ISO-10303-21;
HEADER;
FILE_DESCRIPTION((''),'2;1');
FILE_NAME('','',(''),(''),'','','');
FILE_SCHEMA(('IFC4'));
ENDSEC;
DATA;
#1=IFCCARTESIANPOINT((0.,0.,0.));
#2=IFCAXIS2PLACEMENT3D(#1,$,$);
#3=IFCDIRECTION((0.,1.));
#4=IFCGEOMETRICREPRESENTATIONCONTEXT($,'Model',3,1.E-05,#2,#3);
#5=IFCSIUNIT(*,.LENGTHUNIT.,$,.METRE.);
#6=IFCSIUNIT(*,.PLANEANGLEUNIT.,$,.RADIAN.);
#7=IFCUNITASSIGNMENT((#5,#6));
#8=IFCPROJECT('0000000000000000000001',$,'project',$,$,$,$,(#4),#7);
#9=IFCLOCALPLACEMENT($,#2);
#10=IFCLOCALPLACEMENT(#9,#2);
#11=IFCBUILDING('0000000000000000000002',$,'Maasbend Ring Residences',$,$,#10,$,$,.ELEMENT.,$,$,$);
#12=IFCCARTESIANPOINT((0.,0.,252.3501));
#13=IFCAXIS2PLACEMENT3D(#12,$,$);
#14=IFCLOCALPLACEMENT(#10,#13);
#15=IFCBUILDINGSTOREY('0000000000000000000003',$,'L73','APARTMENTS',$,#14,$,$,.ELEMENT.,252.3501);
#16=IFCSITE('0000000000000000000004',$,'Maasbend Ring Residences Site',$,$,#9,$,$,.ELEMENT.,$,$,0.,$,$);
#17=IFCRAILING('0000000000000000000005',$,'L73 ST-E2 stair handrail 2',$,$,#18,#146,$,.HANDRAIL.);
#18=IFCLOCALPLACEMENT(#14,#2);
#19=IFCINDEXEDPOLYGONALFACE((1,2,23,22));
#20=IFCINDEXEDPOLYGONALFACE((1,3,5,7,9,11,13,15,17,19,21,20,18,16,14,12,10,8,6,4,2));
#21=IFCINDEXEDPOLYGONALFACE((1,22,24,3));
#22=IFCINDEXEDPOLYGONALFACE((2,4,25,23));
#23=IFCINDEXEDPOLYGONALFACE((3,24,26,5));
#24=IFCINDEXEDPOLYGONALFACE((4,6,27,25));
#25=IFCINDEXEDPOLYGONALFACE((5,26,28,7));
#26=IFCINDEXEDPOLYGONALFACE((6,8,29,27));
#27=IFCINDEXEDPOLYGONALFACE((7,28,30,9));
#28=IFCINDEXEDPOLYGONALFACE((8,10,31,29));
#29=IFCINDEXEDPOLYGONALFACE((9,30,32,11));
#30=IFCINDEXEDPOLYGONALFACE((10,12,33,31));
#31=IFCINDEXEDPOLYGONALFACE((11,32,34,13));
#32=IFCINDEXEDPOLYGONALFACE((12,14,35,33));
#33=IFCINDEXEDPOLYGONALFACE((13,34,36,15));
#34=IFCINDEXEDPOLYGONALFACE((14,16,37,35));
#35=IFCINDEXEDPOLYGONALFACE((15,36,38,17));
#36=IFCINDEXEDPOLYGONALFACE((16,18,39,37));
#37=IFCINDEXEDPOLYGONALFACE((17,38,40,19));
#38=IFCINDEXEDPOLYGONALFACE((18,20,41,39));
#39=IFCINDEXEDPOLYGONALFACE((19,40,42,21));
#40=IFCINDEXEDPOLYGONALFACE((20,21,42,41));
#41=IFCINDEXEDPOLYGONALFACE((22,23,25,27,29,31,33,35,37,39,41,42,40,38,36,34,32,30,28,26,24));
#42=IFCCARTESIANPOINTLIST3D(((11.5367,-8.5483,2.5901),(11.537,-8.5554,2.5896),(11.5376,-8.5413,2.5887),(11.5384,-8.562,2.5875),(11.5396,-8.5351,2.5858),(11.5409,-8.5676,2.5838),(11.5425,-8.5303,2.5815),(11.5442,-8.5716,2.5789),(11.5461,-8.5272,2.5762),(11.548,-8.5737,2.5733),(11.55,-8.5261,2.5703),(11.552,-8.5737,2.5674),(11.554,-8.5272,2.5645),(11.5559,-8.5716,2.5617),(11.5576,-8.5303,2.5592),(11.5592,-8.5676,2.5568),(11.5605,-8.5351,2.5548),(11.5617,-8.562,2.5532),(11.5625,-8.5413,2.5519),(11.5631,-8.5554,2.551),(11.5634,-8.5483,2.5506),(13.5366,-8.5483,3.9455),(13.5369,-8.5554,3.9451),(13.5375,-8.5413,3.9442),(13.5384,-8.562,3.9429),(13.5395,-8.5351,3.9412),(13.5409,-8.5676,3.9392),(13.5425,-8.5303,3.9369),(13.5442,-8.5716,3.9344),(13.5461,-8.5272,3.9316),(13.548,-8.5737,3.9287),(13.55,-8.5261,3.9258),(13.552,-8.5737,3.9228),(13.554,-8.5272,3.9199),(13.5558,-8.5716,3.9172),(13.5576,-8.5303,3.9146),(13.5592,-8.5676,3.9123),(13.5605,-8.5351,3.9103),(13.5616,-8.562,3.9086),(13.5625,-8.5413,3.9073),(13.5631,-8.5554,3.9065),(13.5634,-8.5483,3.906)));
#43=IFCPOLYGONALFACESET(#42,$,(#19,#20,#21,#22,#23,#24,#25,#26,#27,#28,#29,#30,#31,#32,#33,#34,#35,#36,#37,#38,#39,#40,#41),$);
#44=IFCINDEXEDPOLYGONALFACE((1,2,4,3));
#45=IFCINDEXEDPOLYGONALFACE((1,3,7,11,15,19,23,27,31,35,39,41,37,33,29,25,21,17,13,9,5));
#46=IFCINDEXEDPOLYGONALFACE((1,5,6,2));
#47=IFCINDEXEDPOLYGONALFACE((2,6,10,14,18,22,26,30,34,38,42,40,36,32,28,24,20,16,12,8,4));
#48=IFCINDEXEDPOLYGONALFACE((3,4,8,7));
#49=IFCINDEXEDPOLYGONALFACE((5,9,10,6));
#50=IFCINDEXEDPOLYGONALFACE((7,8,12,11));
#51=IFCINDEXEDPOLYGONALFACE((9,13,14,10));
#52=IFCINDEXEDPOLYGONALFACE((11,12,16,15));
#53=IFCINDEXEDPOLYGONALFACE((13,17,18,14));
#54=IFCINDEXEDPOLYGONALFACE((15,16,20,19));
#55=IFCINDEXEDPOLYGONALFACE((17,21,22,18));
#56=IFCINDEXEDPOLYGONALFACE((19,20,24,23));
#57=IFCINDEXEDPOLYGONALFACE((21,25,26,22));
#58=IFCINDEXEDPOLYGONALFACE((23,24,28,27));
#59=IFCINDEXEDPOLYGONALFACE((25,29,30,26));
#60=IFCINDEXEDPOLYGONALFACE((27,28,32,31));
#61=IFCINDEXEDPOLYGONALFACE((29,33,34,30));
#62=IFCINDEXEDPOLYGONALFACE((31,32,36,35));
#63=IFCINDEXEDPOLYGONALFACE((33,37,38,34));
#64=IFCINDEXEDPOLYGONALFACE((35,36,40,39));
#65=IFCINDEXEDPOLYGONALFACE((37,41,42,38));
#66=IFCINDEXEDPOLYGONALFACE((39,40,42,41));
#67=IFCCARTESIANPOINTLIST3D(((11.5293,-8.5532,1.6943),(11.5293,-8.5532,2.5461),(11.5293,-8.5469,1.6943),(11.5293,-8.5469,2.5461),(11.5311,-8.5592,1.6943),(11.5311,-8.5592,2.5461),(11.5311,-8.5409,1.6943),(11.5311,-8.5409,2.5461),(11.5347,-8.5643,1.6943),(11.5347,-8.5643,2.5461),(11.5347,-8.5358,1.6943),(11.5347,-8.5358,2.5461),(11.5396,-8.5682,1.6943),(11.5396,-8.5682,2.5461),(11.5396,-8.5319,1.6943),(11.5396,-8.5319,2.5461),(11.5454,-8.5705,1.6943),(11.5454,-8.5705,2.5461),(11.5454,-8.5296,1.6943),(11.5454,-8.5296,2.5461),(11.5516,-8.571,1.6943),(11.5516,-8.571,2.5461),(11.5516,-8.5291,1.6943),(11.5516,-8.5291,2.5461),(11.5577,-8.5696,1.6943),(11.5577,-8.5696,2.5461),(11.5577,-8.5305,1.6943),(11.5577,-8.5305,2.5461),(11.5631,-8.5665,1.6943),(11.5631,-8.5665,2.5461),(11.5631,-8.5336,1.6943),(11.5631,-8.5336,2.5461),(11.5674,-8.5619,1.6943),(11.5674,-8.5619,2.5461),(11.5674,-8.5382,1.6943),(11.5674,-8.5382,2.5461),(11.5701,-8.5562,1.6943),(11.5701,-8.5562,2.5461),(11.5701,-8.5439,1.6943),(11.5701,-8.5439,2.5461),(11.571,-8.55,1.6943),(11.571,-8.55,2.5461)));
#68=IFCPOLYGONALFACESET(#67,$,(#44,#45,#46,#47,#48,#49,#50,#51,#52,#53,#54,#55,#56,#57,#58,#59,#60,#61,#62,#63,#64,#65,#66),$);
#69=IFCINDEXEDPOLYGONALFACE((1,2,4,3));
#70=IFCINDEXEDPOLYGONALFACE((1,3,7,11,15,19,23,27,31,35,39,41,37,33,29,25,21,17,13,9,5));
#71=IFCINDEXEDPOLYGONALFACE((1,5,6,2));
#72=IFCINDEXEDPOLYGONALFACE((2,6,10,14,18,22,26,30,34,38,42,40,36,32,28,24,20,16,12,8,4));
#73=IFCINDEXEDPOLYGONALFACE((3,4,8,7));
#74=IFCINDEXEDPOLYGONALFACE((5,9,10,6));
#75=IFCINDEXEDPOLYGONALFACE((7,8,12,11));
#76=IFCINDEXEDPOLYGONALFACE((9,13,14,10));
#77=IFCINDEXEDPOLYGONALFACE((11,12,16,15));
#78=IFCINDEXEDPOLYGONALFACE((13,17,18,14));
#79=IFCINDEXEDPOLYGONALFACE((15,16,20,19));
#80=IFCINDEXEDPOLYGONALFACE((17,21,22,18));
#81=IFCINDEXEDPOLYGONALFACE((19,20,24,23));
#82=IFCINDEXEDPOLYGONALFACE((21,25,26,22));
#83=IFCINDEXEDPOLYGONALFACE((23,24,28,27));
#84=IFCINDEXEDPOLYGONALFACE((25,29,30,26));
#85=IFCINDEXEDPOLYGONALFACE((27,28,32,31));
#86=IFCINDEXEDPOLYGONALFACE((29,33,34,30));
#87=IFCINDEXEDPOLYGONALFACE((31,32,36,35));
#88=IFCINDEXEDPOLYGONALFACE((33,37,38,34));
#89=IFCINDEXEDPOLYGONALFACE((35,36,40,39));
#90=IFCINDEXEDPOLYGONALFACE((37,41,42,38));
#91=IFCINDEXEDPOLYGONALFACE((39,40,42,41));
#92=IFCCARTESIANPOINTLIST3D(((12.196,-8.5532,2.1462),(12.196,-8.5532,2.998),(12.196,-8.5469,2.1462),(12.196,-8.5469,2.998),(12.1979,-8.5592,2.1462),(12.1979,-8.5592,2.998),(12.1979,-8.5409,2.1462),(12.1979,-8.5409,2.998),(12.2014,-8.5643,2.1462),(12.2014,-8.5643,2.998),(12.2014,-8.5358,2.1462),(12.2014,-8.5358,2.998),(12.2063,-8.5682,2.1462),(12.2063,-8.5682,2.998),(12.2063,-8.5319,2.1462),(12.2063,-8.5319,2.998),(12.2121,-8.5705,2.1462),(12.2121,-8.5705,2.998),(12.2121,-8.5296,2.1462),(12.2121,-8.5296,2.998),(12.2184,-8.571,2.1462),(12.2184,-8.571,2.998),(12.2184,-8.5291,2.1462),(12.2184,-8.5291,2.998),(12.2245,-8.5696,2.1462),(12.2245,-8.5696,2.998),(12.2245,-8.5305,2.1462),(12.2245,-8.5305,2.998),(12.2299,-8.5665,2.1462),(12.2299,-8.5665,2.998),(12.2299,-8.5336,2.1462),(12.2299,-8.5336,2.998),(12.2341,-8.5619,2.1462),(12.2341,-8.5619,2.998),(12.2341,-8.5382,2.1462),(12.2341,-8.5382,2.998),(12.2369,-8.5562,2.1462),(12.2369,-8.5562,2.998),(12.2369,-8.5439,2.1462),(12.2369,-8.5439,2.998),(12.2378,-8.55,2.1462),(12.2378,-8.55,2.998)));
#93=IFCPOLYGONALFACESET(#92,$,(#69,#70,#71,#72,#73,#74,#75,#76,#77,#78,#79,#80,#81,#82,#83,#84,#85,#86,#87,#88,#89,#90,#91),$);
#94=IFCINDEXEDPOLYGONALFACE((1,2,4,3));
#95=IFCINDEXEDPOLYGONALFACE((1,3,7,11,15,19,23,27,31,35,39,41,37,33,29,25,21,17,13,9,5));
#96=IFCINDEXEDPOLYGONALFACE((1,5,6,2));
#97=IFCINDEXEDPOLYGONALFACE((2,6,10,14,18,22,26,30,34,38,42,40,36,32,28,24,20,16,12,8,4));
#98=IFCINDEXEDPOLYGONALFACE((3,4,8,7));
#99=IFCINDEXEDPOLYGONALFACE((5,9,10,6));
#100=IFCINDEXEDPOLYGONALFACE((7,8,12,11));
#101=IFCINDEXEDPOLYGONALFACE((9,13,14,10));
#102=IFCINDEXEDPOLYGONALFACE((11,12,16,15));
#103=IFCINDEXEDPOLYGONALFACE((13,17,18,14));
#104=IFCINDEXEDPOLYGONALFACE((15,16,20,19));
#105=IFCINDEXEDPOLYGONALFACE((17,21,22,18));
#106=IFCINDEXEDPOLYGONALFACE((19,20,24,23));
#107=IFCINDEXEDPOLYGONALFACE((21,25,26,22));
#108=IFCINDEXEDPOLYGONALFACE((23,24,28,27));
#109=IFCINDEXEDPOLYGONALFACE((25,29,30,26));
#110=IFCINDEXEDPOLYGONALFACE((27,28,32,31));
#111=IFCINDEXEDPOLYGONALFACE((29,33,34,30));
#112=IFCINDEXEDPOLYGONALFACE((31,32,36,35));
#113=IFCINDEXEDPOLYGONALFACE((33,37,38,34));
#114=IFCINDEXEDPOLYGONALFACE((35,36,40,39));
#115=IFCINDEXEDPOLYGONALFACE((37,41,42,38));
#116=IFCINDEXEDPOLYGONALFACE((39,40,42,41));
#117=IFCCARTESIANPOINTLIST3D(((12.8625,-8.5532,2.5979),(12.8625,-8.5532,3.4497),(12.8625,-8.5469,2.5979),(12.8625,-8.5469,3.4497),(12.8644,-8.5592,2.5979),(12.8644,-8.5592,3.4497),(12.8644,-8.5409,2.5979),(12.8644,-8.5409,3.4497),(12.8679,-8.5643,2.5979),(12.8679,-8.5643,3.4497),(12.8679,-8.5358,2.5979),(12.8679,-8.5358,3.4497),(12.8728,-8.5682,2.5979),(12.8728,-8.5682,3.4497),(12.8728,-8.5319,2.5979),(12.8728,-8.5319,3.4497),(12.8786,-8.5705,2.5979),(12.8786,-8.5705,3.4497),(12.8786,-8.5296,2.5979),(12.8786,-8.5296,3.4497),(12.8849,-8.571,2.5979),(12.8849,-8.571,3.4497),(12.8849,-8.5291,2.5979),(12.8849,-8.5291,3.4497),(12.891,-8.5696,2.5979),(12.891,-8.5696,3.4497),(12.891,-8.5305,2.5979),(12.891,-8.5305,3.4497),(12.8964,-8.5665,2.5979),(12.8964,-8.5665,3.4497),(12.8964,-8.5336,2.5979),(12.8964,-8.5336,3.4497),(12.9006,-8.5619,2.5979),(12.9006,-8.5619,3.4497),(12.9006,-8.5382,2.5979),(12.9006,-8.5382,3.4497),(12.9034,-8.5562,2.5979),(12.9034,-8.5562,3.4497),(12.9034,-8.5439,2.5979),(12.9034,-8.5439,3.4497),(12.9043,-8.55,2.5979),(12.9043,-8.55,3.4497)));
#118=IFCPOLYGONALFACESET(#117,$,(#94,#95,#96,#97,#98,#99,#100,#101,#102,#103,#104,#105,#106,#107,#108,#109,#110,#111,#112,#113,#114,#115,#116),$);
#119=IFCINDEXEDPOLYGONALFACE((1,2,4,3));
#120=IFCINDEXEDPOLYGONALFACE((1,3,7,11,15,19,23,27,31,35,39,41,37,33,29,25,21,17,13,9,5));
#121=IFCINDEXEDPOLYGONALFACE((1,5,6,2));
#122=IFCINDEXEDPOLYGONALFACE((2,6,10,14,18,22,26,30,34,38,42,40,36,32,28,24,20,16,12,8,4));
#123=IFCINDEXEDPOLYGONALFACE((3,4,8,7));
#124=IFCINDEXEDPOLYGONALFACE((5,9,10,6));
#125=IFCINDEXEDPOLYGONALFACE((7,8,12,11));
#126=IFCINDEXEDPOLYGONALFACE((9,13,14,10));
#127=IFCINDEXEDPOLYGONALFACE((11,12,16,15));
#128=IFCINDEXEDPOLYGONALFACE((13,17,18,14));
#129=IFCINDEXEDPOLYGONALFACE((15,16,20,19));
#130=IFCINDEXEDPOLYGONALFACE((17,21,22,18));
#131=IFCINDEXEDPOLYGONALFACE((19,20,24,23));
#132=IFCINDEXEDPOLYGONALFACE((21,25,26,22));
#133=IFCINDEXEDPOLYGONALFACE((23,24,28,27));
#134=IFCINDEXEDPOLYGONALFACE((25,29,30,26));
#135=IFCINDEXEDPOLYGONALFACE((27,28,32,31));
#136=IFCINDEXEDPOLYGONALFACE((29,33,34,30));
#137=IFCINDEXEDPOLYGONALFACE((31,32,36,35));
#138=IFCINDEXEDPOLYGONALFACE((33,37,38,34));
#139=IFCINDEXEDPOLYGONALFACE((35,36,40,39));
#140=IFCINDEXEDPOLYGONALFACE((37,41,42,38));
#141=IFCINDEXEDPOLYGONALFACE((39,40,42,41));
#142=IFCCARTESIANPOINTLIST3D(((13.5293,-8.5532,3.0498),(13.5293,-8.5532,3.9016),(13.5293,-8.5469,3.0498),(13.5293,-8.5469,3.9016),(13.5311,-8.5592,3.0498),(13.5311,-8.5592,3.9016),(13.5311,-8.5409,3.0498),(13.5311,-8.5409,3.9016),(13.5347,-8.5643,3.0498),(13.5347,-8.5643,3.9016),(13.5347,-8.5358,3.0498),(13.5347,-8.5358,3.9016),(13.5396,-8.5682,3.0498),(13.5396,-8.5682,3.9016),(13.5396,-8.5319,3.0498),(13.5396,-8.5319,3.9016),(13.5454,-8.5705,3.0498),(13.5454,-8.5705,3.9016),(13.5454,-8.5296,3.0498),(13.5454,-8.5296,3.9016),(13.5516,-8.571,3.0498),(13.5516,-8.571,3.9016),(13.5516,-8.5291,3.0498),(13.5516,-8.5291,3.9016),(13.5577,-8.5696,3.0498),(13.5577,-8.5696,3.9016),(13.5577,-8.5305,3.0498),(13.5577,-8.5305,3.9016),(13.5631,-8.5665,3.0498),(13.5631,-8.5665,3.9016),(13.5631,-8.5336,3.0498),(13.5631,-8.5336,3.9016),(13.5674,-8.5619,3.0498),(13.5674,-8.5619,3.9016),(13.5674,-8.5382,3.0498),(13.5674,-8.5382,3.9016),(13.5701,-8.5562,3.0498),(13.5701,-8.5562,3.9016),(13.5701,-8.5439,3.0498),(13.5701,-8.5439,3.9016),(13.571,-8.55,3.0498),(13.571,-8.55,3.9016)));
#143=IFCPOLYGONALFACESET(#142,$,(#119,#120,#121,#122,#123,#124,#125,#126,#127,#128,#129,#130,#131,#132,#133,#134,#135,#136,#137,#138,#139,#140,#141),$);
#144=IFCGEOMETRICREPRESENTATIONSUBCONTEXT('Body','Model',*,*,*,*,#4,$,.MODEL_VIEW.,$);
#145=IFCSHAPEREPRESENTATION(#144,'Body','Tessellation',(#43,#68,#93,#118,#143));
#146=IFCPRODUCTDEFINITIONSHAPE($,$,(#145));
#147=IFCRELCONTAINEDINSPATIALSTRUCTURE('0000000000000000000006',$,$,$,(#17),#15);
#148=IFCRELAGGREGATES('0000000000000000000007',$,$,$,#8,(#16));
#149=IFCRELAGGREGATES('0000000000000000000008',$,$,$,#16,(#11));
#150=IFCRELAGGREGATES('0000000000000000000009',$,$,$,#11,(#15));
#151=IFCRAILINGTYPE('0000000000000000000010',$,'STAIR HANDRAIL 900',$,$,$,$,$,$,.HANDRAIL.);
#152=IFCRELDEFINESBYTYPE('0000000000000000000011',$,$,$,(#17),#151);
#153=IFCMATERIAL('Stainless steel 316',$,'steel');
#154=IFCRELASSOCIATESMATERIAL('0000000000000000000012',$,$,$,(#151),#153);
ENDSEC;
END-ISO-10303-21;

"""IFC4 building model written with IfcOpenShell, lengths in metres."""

from ifc_helpers import new_model, si_unit, direction, frame, origin, origin_2d, place, context, subcontext, project, spatial, circle, extrude, material, type_object, element, save


model = new_model("IFC4")

# Units and contexts
model_context = context("Model", 3, precision=1e-05, world=origin(), true_north=direction((0.0, 1.0)))
body_context = subcontext(model_context, "Body", "Model", "MODEL_VIEW")
ifc_project = project(units=[si_unit("LENGTHUNIT", "METRE"), si_unit("PLANEANGLEUNIT", "RADIAN")], contexts=[model_context])

# Site, building, storey
site_placement = place(None, origin())
site = spatial("IfcSite", under=ifc_project, at=site_placement, Name="Maasbend Ring Residences Site", CompositionType="ELEMENT", RefElevation=0.0)
building_placement = place(site_placement, origin())
building = spatial("IfcBuilding", under=site, at=building_placement, Name="Maasbend Ring Residences", CompositionType="ELEMENT")
storey_placement = place(building_placement, frame((0.0, 0.0, 252.3501)))
storey = spatial("IfcBuildingStorey", under=building, at=storey_placement, Name="L73", Description="APARTMENTS", CompositionType="ELEMENT", Elevation=252.3501)

# Railing
ifc_material_1 = material(Name="Stainless steel 316", Category="steel")
railing_type_1 = type_object("IfcRailingType", Name="STAIR HANDRAIL 900", PredefinedType="HANDRAIL", material=ifc_material_1)
railing_1_placement = place(storey_placement, frame((11.55, -8.55, 1.6943)))
element("IfcRailing", 1, at=railing_1_placement, inside=storey, type_object=railing_type_1, Name="L73 ST-E2 stair handrail 2", PredefinedType="HANDRAIL", context=body_context, shape_type="SweptSolid", body=[
    extrude(circle(Radius=0.0239, at=origin_2d()), frame((0.0, 0.0, 0.876), z_axis=(0.827798, 0.0, 0.561027), x_axis=(0.0, 1.0, 0.0)), (0.0, 0.0, 1.0), 2.416),
    extrude(circle(Radius=0.021, at=origin_2d()), origin(), (0.0, 0.0, 1.0), 0.8518),
    extrude(circle(Radius=0.021, at=origin_2d()), frame((0.6667, 0.0, 0.4519)), (0.0, 0.0, 1.0), 0.8518),
    extrude(circle(Radius=0.021, at=origin_2d()), frame((1.3333, 0.0, 0.9036)), (0.0, 0.0, 1.0), 0.8518),
    extrude(circle(Radius=0.021, at=origin_2d()), frame((2.0, 0.0, 1.3555)), (0.0, 0.0, 1.0), 0.8518),
])

save(model, "model.ifc")
